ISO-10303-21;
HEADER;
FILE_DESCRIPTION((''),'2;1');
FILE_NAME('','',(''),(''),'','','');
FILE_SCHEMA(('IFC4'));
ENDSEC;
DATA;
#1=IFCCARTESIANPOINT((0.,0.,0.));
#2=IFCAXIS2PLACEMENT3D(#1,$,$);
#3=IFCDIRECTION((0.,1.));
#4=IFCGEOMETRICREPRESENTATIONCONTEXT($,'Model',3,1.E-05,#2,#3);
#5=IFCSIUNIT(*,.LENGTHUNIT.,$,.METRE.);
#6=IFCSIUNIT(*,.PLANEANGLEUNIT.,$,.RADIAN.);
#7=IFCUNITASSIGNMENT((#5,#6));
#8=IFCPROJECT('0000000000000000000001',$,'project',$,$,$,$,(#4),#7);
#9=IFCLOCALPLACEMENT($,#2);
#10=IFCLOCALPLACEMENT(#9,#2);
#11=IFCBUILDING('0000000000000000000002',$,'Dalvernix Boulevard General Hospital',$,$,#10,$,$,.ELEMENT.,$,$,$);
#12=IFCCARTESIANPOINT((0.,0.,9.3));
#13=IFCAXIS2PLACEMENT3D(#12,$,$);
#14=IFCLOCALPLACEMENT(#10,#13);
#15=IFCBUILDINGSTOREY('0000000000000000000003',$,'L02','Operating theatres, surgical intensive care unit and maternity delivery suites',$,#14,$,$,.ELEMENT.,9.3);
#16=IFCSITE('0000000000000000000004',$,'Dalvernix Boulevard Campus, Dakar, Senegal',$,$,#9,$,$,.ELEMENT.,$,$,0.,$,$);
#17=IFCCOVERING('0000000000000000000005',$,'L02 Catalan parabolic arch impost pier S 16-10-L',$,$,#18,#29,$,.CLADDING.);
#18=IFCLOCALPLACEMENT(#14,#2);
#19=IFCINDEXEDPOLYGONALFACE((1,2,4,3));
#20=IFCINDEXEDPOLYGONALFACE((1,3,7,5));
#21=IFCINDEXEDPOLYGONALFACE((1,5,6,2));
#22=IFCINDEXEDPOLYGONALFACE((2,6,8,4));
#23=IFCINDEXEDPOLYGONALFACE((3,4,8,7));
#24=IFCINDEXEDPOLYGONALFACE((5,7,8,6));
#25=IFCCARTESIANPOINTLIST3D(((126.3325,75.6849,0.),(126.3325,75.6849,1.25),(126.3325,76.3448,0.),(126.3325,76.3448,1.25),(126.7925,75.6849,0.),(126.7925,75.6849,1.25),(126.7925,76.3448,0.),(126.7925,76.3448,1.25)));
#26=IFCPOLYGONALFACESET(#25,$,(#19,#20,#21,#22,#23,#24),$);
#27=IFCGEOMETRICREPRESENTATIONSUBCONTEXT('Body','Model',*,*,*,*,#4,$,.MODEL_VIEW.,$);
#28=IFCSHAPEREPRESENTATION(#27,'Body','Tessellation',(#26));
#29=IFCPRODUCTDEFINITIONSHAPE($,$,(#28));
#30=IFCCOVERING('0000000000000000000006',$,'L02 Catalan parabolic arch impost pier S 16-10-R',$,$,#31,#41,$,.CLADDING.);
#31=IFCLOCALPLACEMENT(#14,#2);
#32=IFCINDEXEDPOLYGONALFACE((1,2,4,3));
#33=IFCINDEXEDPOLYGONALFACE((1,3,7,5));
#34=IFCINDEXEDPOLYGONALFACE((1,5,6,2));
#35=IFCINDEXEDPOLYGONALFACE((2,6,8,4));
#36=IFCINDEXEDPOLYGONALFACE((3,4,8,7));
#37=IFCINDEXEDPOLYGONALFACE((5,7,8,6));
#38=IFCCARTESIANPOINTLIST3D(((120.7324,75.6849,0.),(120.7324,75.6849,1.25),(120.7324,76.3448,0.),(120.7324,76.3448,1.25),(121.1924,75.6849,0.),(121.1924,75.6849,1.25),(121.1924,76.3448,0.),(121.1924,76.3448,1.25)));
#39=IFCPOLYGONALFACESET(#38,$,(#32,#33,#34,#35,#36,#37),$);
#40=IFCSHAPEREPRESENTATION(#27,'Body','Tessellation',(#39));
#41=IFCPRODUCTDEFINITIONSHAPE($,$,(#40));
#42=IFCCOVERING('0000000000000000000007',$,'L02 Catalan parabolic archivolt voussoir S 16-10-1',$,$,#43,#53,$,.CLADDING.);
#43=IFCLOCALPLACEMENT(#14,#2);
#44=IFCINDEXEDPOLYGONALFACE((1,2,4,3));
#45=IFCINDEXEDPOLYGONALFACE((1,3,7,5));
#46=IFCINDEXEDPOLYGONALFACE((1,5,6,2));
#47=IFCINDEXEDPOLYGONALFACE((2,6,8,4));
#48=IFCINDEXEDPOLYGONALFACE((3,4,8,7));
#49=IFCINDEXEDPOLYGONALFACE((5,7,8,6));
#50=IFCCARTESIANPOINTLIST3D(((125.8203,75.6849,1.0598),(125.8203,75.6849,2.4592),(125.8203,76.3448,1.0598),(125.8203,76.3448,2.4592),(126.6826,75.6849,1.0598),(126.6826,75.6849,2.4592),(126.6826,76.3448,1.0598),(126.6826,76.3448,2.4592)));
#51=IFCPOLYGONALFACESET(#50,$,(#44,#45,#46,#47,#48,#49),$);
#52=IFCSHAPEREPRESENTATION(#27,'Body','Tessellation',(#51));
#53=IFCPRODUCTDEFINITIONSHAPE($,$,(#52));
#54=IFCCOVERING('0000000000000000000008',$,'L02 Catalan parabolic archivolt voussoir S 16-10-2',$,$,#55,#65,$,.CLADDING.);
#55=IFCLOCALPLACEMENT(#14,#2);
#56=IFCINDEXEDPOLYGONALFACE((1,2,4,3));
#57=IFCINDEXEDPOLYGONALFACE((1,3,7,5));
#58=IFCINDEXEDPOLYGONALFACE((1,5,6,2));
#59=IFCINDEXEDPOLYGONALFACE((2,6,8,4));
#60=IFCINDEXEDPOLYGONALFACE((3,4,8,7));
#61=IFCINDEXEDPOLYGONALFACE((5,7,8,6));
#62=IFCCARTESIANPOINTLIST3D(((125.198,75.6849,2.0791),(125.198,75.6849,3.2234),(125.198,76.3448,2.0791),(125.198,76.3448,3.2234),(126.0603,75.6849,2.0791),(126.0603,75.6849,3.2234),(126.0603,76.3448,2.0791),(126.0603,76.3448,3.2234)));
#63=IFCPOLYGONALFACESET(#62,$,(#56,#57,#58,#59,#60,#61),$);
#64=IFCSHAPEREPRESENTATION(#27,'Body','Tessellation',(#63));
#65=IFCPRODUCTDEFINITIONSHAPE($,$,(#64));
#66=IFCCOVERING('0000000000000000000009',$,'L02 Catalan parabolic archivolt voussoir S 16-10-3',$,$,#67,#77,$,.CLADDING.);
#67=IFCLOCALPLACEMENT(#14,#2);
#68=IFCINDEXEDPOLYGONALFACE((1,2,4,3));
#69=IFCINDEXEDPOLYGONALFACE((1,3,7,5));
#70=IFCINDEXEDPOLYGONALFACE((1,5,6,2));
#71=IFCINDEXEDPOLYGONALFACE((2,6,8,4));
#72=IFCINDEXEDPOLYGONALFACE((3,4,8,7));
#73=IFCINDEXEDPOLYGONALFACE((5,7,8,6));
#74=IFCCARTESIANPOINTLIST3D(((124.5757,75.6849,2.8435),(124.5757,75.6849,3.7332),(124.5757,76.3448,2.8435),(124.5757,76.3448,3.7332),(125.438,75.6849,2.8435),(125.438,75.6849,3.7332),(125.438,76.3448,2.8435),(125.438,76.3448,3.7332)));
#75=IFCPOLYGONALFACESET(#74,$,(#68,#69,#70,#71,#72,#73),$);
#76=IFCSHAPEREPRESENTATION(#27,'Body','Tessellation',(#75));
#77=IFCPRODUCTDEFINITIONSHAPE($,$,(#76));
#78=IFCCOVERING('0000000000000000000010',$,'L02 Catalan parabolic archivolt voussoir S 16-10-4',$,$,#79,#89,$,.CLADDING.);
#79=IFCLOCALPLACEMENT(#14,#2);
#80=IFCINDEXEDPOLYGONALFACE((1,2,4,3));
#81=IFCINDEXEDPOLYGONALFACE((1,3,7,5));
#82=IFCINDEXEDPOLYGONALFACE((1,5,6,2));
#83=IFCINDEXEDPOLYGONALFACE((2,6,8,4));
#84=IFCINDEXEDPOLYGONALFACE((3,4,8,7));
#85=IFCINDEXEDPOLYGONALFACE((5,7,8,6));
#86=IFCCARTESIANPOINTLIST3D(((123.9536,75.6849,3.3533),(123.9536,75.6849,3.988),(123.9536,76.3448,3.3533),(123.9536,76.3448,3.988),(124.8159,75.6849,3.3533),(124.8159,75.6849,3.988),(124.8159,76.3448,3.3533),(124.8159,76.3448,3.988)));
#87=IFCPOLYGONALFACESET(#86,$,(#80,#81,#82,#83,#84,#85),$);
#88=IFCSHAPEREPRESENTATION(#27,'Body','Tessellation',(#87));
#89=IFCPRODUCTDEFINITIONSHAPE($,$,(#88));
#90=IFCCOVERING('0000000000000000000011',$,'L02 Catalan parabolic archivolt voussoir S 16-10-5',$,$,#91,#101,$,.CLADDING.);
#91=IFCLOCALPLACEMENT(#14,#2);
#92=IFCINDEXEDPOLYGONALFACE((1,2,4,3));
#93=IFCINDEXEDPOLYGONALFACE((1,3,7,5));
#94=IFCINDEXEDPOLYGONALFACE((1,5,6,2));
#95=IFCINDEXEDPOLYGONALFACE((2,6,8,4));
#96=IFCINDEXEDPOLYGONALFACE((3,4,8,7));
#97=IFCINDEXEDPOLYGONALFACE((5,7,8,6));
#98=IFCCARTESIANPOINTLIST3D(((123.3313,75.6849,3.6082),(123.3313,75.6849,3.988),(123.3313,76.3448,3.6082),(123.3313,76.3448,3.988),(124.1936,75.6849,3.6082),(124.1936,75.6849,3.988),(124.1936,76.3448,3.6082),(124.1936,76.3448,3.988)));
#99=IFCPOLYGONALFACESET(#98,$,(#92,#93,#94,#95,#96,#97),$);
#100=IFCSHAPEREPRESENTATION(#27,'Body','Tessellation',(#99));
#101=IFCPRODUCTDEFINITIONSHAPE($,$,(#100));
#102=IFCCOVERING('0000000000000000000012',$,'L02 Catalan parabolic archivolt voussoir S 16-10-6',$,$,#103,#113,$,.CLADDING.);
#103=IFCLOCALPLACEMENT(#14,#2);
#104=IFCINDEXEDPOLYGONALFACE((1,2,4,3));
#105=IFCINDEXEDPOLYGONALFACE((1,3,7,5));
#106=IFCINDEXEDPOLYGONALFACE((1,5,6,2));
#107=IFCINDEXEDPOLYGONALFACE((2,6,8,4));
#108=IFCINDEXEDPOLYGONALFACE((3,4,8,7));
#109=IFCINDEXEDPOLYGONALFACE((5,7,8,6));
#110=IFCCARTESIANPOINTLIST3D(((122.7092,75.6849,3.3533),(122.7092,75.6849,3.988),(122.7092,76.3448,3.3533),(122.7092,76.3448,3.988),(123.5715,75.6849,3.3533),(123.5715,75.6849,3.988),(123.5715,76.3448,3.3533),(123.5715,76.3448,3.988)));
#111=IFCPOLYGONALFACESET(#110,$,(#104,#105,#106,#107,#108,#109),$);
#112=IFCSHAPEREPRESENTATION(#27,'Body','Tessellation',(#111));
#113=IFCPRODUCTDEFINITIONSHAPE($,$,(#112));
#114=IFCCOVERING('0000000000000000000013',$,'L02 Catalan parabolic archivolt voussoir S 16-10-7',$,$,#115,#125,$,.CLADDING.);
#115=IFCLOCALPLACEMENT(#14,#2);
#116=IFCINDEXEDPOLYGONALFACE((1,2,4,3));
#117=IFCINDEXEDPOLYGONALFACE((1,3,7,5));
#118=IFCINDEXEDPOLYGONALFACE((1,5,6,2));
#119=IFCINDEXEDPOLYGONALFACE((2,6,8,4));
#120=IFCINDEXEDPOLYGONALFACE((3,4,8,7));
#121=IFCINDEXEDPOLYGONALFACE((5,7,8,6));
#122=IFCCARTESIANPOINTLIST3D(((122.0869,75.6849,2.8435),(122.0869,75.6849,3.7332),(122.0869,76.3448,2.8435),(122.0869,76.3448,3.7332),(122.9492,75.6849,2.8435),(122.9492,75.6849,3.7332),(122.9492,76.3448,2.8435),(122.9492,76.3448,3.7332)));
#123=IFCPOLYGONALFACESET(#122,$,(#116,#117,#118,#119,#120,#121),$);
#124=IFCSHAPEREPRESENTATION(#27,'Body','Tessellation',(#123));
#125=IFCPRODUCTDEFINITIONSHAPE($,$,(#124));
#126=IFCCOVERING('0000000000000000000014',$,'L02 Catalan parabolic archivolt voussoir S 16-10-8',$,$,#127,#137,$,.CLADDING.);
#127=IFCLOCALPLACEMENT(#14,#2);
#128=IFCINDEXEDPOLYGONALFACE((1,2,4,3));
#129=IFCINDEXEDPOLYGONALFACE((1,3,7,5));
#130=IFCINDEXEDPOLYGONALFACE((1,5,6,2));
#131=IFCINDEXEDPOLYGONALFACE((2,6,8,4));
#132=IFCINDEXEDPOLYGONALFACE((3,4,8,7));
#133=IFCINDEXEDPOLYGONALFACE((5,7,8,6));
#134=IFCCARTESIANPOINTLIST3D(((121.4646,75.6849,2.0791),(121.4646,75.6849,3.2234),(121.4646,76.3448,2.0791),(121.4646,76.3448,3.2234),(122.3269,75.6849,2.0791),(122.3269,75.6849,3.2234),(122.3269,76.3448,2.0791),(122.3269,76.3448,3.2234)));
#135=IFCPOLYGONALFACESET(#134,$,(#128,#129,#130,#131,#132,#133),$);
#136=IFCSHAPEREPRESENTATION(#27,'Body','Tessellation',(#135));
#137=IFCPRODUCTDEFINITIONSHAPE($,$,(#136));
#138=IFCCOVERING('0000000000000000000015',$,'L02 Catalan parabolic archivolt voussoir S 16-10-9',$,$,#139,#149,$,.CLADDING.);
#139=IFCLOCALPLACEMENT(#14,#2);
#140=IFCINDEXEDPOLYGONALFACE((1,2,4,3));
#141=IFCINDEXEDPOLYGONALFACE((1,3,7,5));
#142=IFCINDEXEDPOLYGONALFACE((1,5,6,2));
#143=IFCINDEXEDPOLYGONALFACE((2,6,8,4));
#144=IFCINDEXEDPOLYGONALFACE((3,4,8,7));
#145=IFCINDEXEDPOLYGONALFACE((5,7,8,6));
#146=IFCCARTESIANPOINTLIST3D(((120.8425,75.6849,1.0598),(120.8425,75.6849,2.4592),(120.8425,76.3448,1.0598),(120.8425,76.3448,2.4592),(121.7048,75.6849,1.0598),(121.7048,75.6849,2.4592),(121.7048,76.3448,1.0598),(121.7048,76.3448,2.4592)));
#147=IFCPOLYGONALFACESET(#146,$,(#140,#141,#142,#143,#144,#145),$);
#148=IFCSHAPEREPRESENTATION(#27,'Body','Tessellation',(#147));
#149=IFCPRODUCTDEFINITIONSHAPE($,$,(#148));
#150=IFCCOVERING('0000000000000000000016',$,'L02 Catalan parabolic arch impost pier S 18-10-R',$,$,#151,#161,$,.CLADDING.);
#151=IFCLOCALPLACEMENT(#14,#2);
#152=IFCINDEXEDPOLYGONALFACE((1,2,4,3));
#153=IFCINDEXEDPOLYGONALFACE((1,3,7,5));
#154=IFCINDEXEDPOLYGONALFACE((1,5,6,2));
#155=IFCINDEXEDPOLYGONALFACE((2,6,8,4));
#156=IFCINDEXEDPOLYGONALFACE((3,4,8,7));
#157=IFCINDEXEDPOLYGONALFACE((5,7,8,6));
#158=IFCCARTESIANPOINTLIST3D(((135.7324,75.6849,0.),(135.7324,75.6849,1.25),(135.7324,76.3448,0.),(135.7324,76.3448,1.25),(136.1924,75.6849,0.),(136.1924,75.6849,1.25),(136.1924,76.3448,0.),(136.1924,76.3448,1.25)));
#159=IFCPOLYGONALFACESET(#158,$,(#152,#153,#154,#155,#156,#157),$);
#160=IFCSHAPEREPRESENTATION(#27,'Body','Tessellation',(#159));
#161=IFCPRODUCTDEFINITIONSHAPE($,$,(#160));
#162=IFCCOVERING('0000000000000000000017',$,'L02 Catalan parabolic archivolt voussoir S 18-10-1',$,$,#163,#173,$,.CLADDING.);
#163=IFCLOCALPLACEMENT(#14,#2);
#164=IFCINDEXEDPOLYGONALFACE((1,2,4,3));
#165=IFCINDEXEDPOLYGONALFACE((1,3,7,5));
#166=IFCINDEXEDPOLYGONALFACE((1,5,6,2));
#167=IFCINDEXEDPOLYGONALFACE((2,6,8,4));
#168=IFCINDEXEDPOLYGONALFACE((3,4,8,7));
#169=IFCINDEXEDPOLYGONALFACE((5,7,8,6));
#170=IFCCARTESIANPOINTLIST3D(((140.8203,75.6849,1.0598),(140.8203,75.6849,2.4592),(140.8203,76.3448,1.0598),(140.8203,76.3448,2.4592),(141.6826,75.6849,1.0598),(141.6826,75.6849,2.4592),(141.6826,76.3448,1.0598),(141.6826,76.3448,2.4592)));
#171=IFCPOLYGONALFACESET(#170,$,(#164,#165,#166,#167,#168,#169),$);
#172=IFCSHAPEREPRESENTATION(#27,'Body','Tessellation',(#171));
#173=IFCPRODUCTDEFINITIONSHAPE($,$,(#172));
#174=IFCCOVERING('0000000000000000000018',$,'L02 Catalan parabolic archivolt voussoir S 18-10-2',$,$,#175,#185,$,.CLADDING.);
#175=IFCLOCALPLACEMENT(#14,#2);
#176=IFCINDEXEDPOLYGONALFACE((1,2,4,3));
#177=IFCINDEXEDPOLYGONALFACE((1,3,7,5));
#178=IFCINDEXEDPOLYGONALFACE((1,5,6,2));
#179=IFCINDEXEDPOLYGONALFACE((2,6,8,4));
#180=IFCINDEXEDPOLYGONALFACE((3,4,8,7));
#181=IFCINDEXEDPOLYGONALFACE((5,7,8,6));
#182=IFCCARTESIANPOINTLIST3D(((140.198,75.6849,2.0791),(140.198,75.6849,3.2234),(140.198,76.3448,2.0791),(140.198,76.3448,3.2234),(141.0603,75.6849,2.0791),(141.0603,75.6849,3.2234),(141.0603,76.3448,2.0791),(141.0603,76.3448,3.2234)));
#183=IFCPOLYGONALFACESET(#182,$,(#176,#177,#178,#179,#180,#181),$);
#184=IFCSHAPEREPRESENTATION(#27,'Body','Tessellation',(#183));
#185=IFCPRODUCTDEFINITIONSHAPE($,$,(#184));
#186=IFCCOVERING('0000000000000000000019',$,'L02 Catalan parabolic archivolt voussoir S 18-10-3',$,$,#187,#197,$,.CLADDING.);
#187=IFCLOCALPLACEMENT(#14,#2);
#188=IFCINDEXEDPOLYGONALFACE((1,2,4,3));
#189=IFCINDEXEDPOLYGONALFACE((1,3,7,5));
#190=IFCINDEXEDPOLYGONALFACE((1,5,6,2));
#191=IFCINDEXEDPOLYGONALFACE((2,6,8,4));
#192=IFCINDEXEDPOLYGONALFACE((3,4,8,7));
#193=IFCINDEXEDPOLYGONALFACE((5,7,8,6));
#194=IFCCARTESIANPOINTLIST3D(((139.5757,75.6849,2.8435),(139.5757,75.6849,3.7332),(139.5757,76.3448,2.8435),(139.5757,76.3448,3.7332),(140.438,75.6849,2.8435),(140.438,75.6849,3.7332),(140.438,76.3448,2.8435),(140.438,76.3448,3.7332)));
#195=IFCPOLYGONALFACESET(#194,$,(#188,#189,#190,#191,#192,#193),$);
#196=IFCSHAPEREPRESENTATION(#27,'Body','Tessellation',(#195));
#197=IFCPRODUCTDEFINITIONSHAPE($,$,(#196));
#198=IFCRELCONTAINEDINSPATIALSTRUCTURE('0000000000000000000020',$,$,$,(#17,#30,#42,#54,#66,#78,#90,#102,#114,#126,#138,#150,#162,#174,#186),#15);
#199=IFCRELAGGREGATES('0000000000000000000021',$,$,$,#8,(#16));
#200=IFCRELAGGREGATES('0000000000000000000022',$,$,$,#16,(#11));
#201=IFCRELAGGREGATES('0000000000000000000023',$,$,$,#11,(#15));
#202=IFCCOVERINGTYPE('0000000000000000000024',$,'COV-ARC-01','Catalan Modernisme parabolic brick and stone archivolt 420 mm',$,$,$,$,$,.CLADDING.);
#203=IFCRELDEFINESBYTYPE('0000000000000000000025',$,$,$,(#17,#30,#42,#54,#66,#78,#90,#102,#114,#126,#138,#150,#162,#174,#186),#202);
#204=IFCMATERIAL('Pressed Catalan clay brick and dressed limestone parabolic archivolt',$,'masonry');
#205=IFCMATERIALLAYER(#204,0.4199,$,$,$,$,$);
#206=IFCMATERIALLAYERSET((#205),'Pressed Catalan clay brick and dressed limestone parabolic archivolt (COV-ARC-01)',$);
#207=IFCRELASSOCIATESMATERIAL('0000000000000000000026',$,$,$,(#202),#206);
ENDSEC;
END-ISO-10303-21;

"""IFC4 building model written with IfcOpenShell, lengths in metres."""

from ifc_helpers import new_model, si_unit, direction, frame, origin, origin_2d, place, context, subcontext, project, spatial, rectangle, extrude, material, layer, layer_set, type_object, element, save


model = new_model("IFC4")

# Units and contexts
model_context = context("Model", 3, precision=1e-05, world=origin(), true_north=direction((0.0, 1.0)))
body_context = subcontext(model_context, "Body", "Model", "MODEL_VIEW")
ifc_project = project(units=[si_unit("LENGTHUNIT", "METRE"), si_unit("PLANEANGLEUNIT", "RADIAN")], contexts=[model_context])

# Site, building, storey
site_placement = place(None, origin())
site = spatial("IfcSite", under=ifc_project, at=site_placement, Name="Dalvernix Boulevard Campus, Dakar, Senegal", CompositionType="ELEMENT", RefElevation=0.0)
building_placement = place(site_placement, origin())
building = spatial("IfcBuilding", under=site, at=building_placement, Name="Dalvernix Boulevard General Hospital", CompositionType="ELEMENT")
storey_placement = place(building_placement, frame((0.0, 0.0, 9.3)))
storey = spatial("IfcBuildingStorey", under=building, at=storey_placement, Name="L02", Description="Operating theatres, surgical intensive care unit and maternity delivery suites", CompositionType="ELEMENT", Elevation=9.3)

# Coverings
ifc_material_1 = material(Name="Pressed Catalan clay brick and dressed limestone parabolic archivolt", Category="masonry")
ifc_layer_1 = layer(ifc_material_1, 0.4199)
ifc_layer_set_1 = layer_set([ifc_layer_1], Name="Pressed Catalan clay brick and dressed limestone parabolic archivolt (COV-ARC-01)")
covering_type_1 = type_object("IfcCoveringType", Name="COV-ARC-01", Description="Catalan Modernisme parabolic brick and stone archivolt 420 mm", PredefinedType="CLADDING", material=ifc_layer_set_1)
for number, where, z_axis, x_axis, name in (
    (1, (126.5625, 76.0149, 0.0), (0.0, 0.0, 1.0), (-1.0, 0.0, 0.0), "L02 Catalan parabolic arch impost pier S 16-10-L"),
    (2, (120.9624, 76.0149, 0.0), (0.0, 0.0, 1.0), (-1.0, 0.0, 0.0), "L02 Catalan parabolic arch impost pier S 16-10-R"),
):
    element("IfcCovering", number, at=place(storey_placement, frame(where, z_axis=z_axis, x_axis=x_axis)), inside=storey, type_object=covering_type_1, Name=name, PredefinedType="CLADDING", context=body_context, shape_type="SweptSolid", body=[
        extrude(rectangle(XDim=0.46, YDim=0.6599, at=origin_2d()), origin(), (0.0, 0.0, 1.0), 1.25),
    ])
covering_1_placement = place(storey_placement, frame((126.2515, 76.0149, 1.0598), z_axis=(0.0, 0.0, 1.0), x_axis=(-1.0, 0.0, 0.0)))
element("IfcCovering", 3, at=covering_1_placement, inside=storey, type_object=covering_type_1, Name="L02 Catalan parabolic archivolt voussoir S 16-10-1", PredefinedType="CLADDING", context=body_context, shape_type="SweptSolid", body=[
    extrude(rectangle(XDim=0.8623, YDim=0.6599, at=origin_2d()), origin(), (0.0, 0.0, 1.0), 1.3994),
])
covering_2_placement = place(storey_placement, frame((125.6292, 76.0149, 2.0791), z_axis=(0.0, 0.0, 1.0), x_axis=(-1.0, 0.0, 0.0)))
element("IfcCovering", 4, at=covering_2_placement, inside=storey, type_object=covering_type_1, Name="L02 Catalan parabolic archivolt voussoir S 16-10-2", PredefinedType="CLADDING", context=body_context, shape_type="SweptSolid", body=[
    extrude(rectangle(XDim=0.8623, YDim=0.6599, at=origin_2d()), origin(), (0.0, 0.0, 1.0), 1.1443),
])
covering_3_placement = place(storey_placement, frame((125.0068, 76.0149, 2.8435), z_axis=(0.0, 0.0, 1.0), x_axis=(-1.0, 0.0, 0.0)))
element("IfcCovering", 5, at=covering_3_placement, inside=storey, type_object=covering_type_1, Name="L02 Catalan parabolic archivolt voussoir S 16-10-3", PredefinedType="CLADDING", context=body_context, shape_type="SweptSolid", body=[
    extrude(rectangle(XDim=0.8623, YDim=0.6599, at=origin_2d()), origin(), (0.0, 0.0, 1.0), 0.8896),
])
covering_4_placement = place(storey_placement, frame((124.3848, 76.0149, 3.3533), z_axis=(0.0, 0.0, 1.0), x_axis=(-1.0, 0.0, 0.0)))
element("IfcCovering", 6, at=covering_4_placement, inside=storey, type_object=covering_type_1, Name="L02 Catalan parabolic archivolt voussoir S 16-10-4", PredefinedType="CLADDING", context=body_context, shape_type="SweptSolid", body=[
    extrude(rectangle(XDim=0.8623, YDim=0.6599, at=origin_2d()), origin(), (0.0, 0.0, 1.0), 0.6348),
])
covering_5_placement = place(storey_placement, frame((123.7625, 76.0149, 3.6082), z_axis=(0.0, 0.0, 1.0), x_axis=(-1.0, 0.0, 0.0)))
element("IfcCovering", 7, at=covering_5_placement, inside=storey, type_object=covering_type_1, Name="L02 Catalan parabolic archivolt voussoir S 16-10-5", PredefinedType="CLADDING", context=body_context, shape_type="SweptSolid", body=[
    extrude(rectangle(XDim=0.8623, YDim=0.6599, at=origin_2d()), origin(), (0.0, 0.0, 1.0), 0.3799),
])
covering_6_placement = place(storey_placement, frame((123.1404, 76.0149, 3.3533), z_axis=(0.0, 0.0, 1.0), x_axis=(-1.0, 0.0, 0.0)))
element("IfcCovering", 8, at=covering_6_placement, inside=storey, type_object=covering_type_1, Name="L02 Catalan parabolic archivolt voussoir S 16-10-6", PredefinedType="CLADDING", context=body_context, shape_type="SweptSolid", body=[
    extrude(rectangle(XDim=0.8623, YDim=0.6599, at=origin_2d()), origin(), (0.0, 0.0, 1.0), 0.6348),
])
covering_7_placement = place(storey_placement, frame((122.5181, 76.0149, 2.8435), z_axis=(0.0, 0.0, 1.0), x_axis=(-1.0, 0.0, 0.0)))
element("IfcCovering", 9, at=covering_7_placement, inside=storey, type_object=covering_type_1, Name="L02 Catalan parabolic archivolt voussoir S 16-10-7", PredefinedType="CLADDING", context=body_context, shape_type="SweptSolid", body=[
    extrude(rectangle(XDim=0.8623, YDim=0.6599, at=origin_2d()), origin(), (0.0, 0.0, 1.0), 0.8896),
])
covering_8_placement = place(storey_placement, frame((121.8958, 76.0149, 2.0791), z_axis=(0.0, 0.0, 1.0), x_axis=(-1.0, 0.0, 0.0)))
element("IfcCovering", 10, at=covering_8_placement, inside=storey, type_object=covering_type_1, Name="L02 Catalan parabolic archivolt voussoir S 16-10-8", PredefinedType="CLADDING", context=body_context, shape_type="SweptSolid", body=[
    extrude(rectangle(XDim=0.8623, YDim=0.6599, at=origin_2d()), origin(), (0.0, 0.0, 1.0), 1.1443),
])
covering_9_placement = place(storey_placement, frame((121.2737, 76.0149, 1.0598), z_axis=(0.0, 0.0, 1.0), x_axis=(-1.0, 0.0, 0.0)))
element("IfcCovering", 11, at=covering_9_placement, inside=storey, type_object=covering_type_1, Name="L02 Catalan parabolic archivolt voussoir S 16-10-9", PredefinedType="CLADDING", context=body_context, shape_type="SweptSolid", body=[
    extrude(rectangle(XDim=0.8623, YDim=0.6599, at=origin_2d()), origin(), (0.0, 0.0, 1.0), 1.3994),
])
covering_10_placement = place(storey_placement, frame((135.9624, 76.0149, 0.0), z_axis=(0.0, 0.0, 1.0), x_axis=(-1.0, 0.0, 0.0)))
element("IfcCovering", 12, at=covering_10_placement, inside=storey, type_object=covering_type_1, Name="L02 Catalan parabolic arch impost pier S 18-10-R", PredefinedType="CLADDING", context=body_context, shape_type="SweptSolid", body=[
    extrude(rectangle(XDim=0.46, YDim=0.6599, at=origin_2d()), origin(), (0.0, 0.0, 1.0), 1.25),
])
covering_11_placement = place(storey_placement, frame((141.2515, 76.0149, 1.0598), z_axis=(0.0, 0.0, 1.0), x_axis=(-1.0, 0.0, 0.0)))
element("IfcCovering", 13, at=covering_11_placement, inside=storey, type_object=covering_type_1, Name="L02 Catalan parabolic archivolt voussoir S 18-10-1", PredefinedType="CLADDING", context=body_context, shape_type="SweptSolid", body=[
    extrude(rectangle(XDim=0.8623, YDim=0.6599, at=origin_2d()), origin(), (0.0, 0.0, 1.0), 1.3994),
])
covering_12_placement = place(storey_placement, frame((140.6292, 76.0149, 2.0791), z_axis=(0.0, 0.0, 1.0), x_axis=(-1.0, 0.0, 0.0)))
element("IfcCovering", 14, at=covering_12_placement, inside=storey, type_object=covering_type_1, Name="L02 Catalan parabolic archivolt voussoir S 18-10-2", PredefinedType="CLADDING", context=body_context, shape_type="SweptSolid", body=[
    extrude(rectangle(XDim=0.8623, YDim=0.6599, at=origin_2d()), origin(), (0.0, 0.0, 1.0), 1.1443),
])
covering_13_placement = place(storey_placement, frame((140.0068, 76.0149, 2.8435), z_axis=(0.0, 0.0, 1.0), x_axis=(-1.0, 0.0, 0.0)))
element("IfcCovering", 15, at=covering_13_placement, inside=storey, type_object=covering_type_1, Name="L02 Catalan parabolic archivolt voussoir S 18-10-3", PredefinedType="CLADDING", context=body_context, shape_type="SweptSolid", body=[
    extrude(rectangle(XDim=0.8623, YDim=0.6599, at=origin_2d()), origin(), (0.0, 0.0, 1.0), 0.8896),
])

save(model, "model.ifc")
